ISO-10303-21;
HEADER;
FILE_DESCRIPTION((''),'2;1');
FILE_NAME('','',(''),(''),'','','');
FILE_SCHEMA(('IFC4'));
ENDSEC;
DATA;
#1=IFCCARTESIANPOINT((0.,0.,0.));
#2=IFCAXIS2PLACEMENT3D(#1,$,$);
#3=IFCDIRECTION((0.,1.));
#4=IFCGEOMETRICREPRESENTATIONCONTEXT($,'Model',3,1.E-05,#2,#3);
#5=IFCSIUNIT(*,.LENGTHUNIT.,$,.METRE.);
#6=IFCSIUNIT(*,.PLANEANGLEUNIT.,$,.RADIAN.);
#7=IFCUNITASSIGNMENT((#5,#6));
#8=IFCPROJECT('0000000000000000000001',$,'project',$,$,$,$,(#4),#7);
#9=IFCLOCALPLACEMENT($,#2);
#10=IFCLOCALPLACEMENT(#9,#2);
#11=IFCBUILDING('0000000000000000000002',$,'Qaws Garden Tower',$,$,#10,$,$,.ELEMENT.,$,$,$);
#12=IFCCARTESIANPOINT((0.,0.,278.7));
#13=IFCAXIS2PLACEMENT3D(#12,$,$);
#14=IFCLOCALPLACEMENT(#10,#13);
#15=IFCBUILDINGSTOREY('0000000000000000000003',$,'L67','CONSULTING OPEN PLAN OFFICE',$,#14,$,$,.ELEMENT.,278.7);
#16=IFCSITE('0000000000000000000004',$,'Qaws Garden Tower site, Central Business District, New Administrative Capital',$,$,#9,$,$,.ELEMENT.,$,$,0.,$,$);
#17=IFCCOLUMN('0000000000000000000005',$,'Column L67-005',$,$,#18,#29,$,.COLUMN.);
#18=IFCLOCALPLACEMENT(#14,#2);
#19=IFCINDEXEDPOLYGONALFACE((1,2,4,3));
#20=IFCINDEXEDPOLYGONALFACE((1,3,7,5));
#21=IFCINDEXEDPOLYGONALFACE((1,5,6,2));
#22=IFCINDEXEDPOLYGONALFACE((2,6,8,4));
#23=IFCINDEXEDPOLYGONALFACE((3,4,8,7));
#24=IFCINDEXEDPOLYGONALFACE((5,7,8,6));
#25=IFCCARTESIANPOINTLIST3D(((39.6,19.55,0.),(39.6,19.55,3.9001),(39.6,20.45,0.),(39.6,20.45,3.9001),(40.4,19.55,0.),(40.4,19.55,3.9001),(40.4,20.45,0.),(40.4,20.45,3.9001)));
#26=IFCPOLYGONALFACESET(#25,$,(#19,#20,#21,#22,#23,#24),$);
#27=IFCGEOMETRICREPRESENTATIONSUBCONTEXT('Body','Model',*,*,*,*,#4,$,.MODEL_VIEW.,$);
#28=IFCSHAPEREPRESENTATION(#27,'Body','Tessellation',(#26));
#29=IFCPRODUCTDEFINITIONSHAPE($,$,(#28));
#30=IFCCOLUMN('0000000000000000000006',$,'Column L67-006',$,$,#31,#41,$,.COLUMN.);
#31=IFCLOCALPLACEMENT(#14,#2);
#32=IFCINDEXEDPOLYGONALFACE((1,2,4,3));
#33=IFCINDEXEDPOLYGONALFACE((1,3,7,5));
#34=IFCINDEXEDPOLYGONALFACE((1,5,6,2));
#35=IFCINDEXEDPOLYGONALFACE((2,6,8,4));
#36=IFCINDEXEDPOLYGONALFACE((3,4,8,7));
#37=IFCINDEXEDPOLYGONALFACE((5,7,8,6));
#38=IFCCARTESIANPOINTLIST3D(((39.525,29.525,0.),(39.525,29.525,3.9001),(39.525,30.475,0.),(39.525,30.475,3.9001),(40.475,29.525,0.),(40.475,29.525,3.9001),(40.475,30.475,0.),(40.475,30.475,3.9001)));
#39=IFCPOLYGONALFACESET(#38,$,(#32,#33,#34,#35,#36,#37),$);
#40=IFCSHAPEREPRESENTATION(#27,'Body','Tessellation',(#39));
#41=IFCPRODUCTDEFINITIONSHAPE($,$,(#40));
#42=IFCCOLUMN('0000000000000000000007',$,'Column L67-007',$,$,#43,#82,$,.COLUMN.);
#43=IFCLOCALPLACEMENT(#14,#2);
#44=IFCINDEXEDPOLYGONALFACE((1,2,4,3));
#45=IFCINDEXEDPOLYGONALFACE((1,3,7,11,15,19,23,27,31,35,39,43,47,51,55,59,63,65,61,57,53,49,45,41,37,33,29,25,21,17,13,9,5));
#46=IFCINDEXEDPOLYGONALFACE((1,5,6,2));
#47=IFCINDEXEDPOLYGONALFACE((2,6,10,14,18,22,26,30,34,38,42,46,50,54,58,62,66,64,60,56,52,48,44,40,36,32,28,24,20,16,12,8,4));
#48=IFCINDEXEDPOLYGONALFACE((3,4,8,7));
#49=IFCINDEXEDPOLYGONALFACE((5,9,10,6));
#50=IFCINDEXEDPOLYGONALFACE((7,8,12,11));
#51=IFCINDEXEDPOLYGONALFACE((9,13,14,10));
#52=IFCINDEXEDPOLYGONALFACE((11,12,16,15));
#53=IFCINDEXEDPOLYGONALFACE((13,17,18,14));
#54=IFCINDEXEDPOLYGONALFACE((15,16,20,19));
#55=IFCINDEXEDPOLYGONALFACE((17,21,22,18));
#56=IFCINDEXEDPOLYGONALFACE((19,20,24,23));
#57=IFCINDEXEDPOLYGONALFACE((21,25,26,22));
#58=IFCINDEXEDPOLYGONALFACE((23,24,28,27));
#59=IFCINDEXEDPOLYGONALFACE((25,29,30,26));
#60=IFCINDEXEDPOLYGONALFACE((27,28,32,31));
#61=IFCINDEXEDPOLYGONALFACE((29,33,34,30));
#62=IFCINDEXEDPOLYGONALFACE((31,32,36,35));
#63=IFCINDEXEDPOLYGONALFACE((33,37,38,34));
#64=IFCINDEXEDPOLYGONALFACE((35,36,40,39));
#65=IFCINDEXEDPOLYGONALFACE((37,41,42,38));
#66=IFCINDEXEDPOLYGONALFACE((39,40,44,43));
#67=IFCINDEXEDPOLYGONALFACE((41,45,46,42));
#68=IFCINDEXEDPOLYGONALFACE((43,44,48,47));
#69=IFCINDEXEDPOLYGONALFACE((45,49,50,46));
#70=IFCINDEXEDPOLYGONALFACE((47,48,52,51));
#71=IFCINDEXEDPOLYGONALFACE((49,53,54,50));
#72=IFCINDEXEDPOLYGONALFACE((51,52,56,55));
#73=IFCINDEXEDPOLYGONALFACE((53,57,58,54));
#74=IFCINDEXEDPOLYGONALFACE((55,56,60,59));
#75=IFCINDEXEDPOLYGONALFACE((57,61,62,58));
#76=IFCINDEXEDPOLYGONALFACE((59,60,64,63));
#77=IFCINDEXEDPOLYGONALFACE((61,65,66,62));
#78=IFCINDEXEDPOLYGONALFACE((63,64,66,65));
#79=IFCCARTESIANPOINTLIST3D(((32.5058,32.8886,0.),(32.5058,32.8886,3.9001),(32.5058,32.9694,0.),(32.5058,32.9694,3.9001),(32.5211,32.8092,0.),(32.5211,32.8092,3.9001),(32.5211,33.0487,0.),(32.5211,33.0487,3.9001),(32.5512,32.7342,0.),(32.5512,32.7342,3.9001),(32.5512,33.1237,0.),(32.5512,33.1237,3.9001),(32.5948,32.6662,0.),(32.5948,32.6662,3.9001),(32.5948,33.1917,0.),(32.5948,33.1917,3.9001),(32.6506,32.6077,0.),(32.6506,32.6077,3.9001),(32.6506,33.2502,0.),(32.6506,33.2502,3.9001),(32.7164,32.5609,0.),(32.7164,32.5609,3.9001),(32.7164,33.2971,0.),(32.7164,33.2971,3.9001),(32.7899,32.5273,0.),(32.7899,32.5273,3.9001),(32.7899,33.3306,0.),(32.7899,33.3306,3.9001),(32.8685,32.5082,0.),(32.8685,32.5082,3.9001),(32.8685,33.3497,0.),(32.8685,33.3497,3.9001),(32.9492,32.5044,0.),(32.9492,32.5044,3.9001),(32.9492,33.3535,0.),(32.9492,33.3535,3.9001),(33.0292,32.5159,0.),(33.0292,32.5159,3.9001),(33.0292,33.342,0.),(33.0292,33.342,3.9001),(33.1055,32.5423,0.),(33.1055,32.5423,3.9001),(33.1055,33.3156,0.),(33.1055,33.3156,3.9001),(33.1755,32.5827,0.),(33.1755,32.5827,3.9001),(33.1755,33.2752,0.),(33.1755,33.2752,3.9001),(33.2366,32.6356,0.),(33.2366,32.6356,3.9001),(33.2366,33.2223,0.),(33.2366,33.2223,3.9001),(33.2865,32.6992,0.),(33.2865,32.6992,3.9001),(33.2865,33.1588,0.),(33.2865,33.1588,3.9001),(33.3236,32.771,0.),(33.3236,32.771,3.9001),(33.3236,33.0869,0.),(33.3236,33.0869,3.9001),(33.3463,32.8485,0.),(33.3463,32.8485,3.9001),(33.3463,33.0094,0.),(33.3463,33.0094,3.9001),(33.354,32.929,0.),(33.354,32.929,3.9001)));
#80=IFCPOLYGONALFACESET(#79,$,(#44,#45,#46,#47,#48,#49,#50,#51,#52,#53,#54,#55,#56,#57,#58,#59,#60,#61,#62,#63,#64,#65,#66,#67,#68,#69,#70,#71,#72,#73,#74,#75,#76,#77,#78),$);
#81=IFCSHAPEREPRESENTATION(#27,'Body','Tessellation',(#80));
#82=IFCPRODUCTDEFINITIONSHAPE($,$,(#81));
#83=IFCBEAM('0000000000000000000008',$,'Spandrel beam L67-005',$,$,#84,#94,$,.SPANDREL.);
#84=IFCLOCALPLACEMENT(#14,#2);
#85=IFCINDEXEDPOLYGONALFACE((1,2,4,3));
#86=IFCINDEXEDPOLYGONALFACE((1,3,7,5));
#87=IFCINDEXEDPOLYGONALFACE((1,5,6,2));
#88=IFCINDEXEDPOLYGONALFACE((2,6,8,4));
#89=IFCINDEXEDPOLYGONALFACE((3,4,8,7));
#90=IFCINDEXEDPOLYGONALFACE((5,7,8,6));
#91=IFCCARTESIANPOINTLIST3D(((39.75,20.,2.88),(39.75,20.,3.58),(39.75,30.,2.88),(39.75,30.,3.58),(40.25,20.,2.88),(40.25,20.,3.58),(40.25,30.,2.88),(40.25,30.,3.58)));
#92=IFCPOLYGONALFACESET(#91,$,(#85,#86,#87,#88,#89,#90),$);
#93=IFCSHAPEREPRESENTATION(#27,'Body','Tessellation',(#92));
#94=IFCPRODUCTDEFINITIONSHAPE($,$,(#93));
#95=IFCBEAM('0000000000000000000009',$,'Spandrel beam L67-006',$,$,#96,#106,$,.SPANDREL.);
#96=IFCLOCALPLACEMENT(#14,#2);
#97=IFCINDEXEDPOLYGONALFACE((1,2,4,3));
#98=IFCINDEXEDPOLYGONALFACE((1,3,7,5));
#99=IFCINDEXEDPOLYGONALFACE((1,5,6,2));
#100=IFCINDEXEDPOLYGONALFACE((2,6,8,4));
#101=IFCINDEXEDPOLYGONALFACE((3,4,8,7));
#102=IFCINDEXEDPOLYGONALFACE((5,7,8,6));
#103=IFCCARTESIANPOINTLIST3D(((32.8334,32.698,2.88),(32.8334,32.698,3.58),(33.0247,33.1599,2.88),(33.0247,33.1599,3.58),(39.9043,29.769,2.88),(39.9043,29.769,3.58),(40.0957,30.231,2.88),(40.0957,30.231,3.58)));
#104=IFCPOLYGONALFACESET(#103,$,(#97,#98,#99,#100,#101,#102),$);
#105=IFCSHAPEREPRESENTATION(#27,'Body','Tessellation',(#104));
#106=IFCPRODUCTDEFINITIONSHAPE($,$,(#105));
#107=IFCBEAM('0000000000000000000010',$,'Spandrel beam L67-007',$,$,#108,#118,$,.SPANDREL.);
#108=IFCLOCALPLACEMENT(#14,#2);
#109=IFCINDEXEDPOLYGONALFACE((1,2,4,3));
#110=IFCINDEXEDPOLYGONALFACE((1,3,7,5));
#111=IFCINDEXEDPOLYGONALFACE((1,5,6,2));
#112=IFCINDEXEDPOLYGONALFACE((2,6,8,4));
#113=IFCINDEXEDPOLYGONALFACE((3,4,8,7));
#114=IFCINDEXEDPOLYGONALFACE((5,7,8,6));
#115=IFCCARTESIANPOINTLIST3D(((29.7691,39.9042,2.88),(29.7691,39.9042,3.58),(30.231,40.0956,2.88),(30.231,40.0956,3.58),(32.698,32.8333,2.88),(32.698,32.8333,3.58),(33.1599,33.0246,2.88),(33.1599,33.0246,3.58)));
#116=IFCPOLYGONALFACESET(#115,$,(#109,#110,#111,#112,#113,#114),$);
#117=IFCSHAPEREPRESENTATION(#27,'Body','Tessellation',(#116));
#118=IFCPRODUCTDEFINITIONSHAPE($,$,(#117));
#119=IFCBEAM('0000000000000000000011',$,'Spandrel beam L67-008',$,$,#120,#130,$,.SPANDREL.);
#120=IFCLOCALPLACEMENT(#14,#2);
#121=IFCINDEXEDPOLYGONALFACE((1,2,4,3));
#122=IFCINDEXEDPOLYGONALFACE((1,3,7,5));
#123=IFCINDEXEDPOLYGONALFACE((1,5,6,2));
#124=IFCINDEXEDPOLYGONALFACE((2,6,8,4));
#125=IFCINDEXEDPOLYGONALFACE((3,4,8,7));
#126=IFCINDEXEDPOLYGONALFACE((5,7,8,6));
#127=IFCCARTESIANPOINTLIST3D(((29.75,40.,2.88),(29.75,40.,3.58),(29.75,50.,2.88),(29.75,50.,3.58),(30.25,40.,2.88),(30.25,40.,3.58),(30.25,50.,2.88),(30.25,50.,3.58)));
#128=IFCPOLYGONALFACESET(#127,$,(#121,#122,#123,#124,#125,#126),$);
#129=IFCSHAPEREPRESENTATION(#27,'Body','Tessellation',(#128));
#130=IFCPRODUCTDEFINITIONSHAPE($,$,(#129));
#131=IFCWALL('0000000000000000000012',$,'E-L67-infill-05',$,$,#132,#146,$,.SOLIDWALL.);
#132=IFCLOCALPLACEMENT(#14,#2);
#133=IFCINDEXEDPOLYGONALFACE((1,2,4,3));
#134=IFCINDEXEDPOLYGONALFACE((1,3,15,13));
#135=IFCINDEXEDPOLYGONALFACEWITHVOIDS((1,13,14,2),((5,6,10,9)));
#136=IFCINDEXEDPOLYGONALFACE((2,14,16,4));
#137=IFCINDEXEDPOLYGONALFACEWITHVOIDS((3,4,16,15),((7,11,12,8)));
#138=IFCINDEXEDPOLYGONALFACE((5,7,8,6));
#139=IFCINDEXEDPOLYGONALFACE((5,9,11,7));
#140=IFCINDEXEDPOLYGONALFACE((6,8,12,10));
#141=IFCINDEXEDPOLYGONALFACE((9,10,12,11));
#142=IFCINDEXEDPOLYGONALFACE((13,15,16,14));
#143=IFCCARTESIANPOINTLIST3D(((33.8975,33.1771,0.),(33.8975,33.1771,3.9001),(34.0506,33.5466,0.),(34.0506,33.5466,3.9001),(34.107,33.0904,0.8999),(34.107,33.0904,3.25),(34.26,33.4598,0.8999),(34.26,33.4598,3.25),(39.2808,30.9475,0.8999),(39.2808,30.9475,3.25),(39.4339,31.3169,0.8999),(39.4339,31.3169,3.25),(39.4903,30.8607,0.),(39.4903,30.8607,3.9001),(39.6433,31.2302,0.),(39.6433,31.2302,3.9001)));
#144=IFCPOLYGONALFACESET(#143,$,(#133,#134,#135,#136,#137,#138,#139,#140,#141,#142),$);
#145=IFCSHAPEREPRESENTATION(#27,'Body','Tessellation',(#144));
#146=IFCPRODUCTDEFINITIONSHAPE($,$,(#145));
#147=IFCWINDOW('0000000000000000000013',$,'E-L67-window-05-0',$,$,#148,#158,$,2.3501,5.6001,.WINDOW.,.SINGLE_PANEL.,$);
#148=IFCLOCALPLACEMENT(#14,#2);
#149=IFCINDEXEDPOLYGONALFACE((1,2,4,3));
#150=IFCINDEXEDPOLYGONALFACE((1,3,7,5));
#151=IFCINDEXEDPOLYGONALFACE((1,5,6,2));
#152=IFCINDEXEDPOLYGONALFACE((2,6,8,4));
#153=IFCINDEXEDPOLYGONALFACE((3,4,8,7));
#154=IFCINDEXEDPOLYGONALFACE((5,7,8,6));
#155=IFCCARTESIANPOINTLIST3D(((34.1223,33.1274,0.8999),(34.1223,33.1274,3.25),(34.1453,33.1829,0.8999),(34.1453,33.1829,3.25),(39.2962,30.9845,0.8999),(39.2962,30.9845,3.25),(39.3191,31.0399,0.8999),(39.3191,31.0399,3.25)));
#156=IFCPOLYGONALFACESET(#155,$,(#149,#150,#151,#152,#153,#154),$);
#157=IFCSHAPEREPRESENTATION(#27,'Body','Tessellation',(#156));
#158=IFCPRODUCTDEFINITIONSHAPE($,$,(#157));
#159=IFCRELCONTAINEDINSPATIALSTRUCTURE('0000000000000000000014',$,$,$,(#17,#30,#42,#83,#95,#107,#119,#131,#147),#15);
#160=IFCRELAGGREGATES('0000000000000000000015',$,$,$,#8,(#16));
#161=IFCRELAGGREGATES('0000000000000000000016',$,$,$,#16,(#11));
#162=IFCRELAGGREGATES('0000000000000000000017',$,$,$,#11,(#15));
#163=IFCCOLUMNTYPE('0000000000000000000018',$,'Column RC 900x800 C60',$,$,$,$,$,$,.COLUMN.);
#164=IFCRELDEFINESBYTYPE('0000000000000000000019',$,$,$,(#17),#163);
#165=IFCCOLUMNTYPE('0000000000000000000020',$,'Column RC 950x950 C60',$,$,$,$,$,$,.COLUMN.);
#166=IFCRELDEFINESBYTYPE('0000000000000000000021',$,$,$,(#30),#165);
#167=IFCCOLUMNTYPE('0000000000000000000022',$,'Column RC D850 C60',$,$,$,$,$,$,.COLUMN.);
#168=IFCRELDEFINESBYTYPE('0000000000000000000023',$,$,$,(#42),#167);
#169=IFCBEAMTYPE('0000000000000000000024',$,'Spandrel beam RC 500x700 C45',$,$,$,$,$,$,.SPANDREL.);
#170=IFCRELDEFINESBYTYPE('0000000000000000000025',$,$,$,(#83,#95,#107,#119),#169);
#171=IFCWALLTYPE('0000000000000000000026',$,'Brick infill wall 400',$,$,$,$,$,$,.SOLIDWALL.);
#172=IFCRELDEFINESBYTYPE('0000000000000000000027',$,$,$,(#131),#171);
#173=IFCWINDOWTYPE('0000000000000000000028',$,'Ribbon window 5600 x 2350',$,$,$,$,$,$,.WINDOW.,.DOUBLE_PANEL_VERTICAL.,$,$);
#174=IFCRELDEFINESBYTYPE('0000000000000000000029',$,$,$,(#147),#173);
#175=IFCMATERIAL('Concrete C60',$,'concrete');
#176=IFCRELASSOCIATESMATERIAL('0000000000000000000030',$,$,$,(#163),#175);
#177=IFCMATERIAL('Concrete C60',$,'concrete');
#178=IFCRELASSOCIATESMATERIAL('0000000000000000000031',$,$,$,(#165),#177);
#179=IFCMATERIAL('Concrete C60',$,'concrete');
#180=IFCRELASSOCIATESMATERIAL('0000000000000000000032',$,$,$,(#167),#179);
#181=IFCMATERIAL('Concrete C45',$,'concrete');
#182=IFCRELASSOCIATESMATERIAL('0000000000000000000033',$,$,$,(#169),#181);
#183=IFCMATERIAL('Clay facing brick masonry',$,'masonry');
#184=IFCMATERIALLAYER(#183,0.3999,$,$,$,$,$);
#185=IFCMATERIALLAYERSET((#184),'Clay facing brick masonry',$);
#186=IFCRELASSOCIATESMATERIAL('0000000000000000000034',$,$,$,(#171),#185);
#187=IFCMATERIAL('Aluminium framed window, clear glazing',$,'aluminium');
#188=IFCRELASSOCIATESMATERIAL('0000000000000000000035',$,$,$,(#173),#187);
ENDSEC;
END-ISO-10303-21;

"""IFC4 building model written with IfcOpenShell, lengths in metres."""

from ifc_helpers import new_model, si_unit, direction, frame, frame_2d, origin, origin_2d, place, context, subcontext, project, spatial, rectangle, circle, extrude, material, layer, layer_set, material_profile, profile_set, type_object, element, fill, save


model = new_model("IFC4")

# Units and contexts
model_context = context("Model", 3, precision=1e-05, world=origin(), true_north=direction((0.0, 1.0)))
body_context = subcontext(model_context, "Body", "Model", "MODEL_VIEW")
ifc_project = project(units=[si_unit("LENGTHUNIT", "METRE"), si_unit("PLANEANGLEUNIT", "RADIAN")], contexts=[model_context])

# Site, building, storey
site_placement = place(None, origin())
site = spatial("IfcSite", under=ifc_project, at=site_placement, Name="Qaws Garden Tower site, Central Business District, New Administrative Capital", CompositionType="ELEMENT", RefElevation=0.0)
building_placement = place(site_placement, origin())
building = spatial("IfcBuilding", under=site, at=building_placement, Name="Qaws Garden Tower", CompositionType="ELEMENT")
storey_placement = place(building_placement, frame((0.0, 0.0, 278.7)))
storey = spatial("IfcBuildingStorey", under=building, at=storey_placement, Name="L67", Description="CONSULTING OPEN PLAN OFFICE", CompositionType="ELEMENT", Elevation=278.7)

# Columns
ifc_material_1 = material(Name="Concrete C60", Category="concrete")
ifc_material_profile_1 = material_profile(ifc_material_1, rectangle(XDim=0.8999, YDim=0.8, at=origin_2d()), Name="RC 900x800")
ifc_profile_set_1 = profile_set([ifc_material_profile_1], Name="Concrete C60")
column_type_1 = type_object("IfcColumnType", Name="Column RC 900x800 C60", PredefinedType="COLUMN", material=ifc_profile_set_1)
column_1_placement = place(storey_placement, frame((40.0, 20.0, 0.0), z_axis=(0.0, 0.0, 1.0), x_axis=(0.0, 1.0, 0.0)))
element("IfcColumn", 1, at=column_1_placement, inside=storey, type_object=column_type_1, Name="Column L67-005", PredefinedType="COLUMN", context=body_context, shape_type="SweptSolid", body=[
    extrude(rectangle(XDim=0.8999, YDim=0.8, at=origin_2d()), origin(), (0.0, 0.0, 1.0), 3.9001),
])
ifc_material_2 = material(Name="Concrete C60", Category="concrete")
ifc_material_profile_2 = material_profile(ifc_material_2, rectangle(XDim=0.95, YDim=0.95, at=origin_2d()), Name="RC 950x950")
ifc_profile_set_2 = profile_set([ifc_material_profile_2], Name="Concrete C60")
column_type_2 = type_object("IfcColumnType", Name="Column RC 950x950 C60", PredefinedType="COLUMN", material=ifc_profile_set_2)
column_2_placement = place(storey_placement, frame((40.0, 30.0, 0.0), z_axis=(0.0, 0.0, 1.0), x_axis=(1.0, 0.0, 0.0)))
element("IfcColumn", 2, at=column_2_placement, inside=storey, type_object=column_type_2, Name="Column L67-006", PredefinedType="COLUMN", context=body_context, shape_type="SweptSolid", body=[
    extrude(rectangle(XDim=0.95, YDim=0.95, at=origin_2d()), origin(), (0.0, 0.0, 1.0), 3.9001),
])
ifc_material_3 = material(Name="Concrete C60", Category="concrete")
ifc_material_profile_3 = material_profile(ifc_material_3, circle(Radius=0.425, at=origin_2d()), Name="RC D850")
ifc_profile_set_3 = profile_set([ifc_material_profile_3], Name="Concrete C60")
column_type_3 = type_object("IfcColumnType", Name="Column RC D850 C60", PredefinedType="COLUMN", material=ifc_profile_set_3)
column_3_placement = place(storey_placement, frame((32.929, 32.929, 0.0), z_axis=(0.0, 0.0, 1.0), x_axis=(1.0, 0.0, 0.0)))
element("IfcColumn", 3, at=column_3_placement, inside=storey, type_object=column_type_3, Name="Column L67-007", PredefinedType="COLUMN", context=body_context, shape_type="SweptSolid", body=[
    extrude(circle(Radius=0.425, at=origin_2d()), origin(), (0.0, 0.0, 1.0), 3.9001),
])

# Beams
ifc_material_4 = material(Name="Concrete C45", Category="concrete")
ifc_material_profile_4 = material_profile(ifc_material_4, rectangle(XDim=0.5, YDim=0.7, at=origin_2d()), Name="RC 500x700")
ifc_profile_set_4 = profile_set([ifc_material_profile_4], Name="Concrete C45")
beam_type = type_object("IfcBeamType", Name="Spandrel beam RC 500x700 C45", PredefinedType="SPANDREL", material=ifc_profile_set_4)
beam_1_placement = place(storey_placement, frame((40.0, 20.0, 3.23), z_axis=(0.0, 1.0, 0.0), x_axis=(-1.0, 0.0, 0.0)))
element("IfcBeam", 4, at=beam_1_placement, inside=storey, type_object=beam_type, Name="Spandrel beam L67-005", PredefinedType="SPANDREL", context=body_context, shape_type="SweptSolid", body=[
    extrude(rectangle(XDim=0.5, YDim=0.7, at=origin_2d()), origin(), (0.0, 0.0, 1.0), 10.0),
])
for number, where, z_axis, x_axis, name in (
    (5, (40.0, 30.0, 3.23), (-0.923878, 0.382687, 0.0), (-0.382687, -0.923878, 0.0), "Spandrel beam L67-006"),
    (6, (32.929, 32.929, 3.23), (-0.382687, 0.923878, 0.0), (-0.923878, -0.382687, 0.0), "Spandrel beam L67-007"),
):
    element("IfcBeam", number, at=place(storey_placement, frame(where, z_axis=z_axis, x_axis=x_axis)), inside=storey, type_object=beam_type, Name=name, PredefinedType="SPANDREL", context=body_context, shape_type="SweptSolid", body=[
        extrude(rectangle(XDim=0.5, YDim=0.7, at=origin_2d()), origin(), (0.0, 0.0, 1.0), 7.6536),
    ])
beam_2_placement = place(storey_placement, frame((30.0, 40.0, 3.23), z_axis=(0.0, 1.0, 0.0), x_axis=(-1.0, 0.0, 0.0)))
element("IfcBeam", 7, at=beam_2_placement, inside=storey, type_object=beam_type, Name="Spandrel beam L67-008", PredefinedType="SPANDREL", context=body_context, shape_type="SweptSolid", body=[
    extrude(rectangle(XDim=0.5, YDim=0.7, at=origin_2d()), origin(), (0.0, 0.0, 1.0), 10.0),
])

# Wall, opening, window
ifc_material_5 = material(Name="Clay facing brick masonry", Category="masonry")
ifc_layer_1 = layer(ifc_material_5, 0.3999)
ifc_layer_set_1 = layer_set([ifc_layer_1], Name="Clay facing brick masonry")
wall_type_1 = type_object("IfcWallType", Name="Brick infill wall 400", PredefinedType="SOLIDWALL", material=ifc_layer_set_1)
wall_1_placement = place(storey_placement, frame((39.5669, 31.0454, 0.0), z_axis=(0.0, 0.0, 1.0), x_axis=(-0.923891, 0.382656, 0.0)))
wall_1 = element("IfcWall", 8, at=wall_1_placement, inside=storey, type_object=wall_type_1, Name="E-L67-infill-05", PredefinedType="SOLIDWALL", context=body_context, shape_type="SweptSolid", body=[
    extrude(rectangle(XDim=6.0535, YDim=0.3999, at=frame_2d((3.0269, 0.0))), origin(), (0.0, 0.0, 1.0), 3.9001),
])
opening_1_placement = place(wall_1_placement, frame((0.2268, 0.0, 0.8999)))
opening_1 = element("IfcOpeningElement", 9, at=opening_1_placement, cuts=wall_1, PredefinedType="OPENING", context=body_context, shape_type="SweptSolid", body=[
    extrude(rectangle(XDim=5.6001, YDim=2.3501, at=frame_2d((2.8, 1.175))), frame((0.0, 0.21, 0.0), z_axis=(0.0, -1.0, 0.0), x_axis=(1.0, 0.0, 0.0)), (0.0, 0.0, 1.0), 0.4199),
])
ifc_material_6 = material(Name="Aluminium framed window, clear glazing", Category="aluminium")
window_type_1 = type_object("IfcWindowType", Name="Ribbon window 5600 x 2350", PartitioningType="DOUBLE_PANEL_VERTICAL", PredefinedType="WINDOW", material=ifc_material_6)
window_1_placement = place(opening_1_placement, origin())
window_1 = element("IfcWindow", 10, at=window_1_placement, inside=storey, type_object=window_type_1, Name="E-L67-window-05-0", OverallHeight=2.3501, OverallWidth=5.6001, PartitioningType="SINGLE_PANEL", PredefinedType="WINDOW", context=body_context, shape_type="SweptSolid", body=[
    extrude(rectangle(XDim=5.6001, YDim=2.3501, at=frame_2d((2.8, 1.175))), frame((0.0, 0.1599, 0.0), z_axis=(0.0, -1.0, 0.0), x_axis=(1.0, 0.0, 0.0)), (0.0, 0.0, 1.0), 0.0601),
])
fill(opening_1, window_1)

save(model, "model.ifc")
